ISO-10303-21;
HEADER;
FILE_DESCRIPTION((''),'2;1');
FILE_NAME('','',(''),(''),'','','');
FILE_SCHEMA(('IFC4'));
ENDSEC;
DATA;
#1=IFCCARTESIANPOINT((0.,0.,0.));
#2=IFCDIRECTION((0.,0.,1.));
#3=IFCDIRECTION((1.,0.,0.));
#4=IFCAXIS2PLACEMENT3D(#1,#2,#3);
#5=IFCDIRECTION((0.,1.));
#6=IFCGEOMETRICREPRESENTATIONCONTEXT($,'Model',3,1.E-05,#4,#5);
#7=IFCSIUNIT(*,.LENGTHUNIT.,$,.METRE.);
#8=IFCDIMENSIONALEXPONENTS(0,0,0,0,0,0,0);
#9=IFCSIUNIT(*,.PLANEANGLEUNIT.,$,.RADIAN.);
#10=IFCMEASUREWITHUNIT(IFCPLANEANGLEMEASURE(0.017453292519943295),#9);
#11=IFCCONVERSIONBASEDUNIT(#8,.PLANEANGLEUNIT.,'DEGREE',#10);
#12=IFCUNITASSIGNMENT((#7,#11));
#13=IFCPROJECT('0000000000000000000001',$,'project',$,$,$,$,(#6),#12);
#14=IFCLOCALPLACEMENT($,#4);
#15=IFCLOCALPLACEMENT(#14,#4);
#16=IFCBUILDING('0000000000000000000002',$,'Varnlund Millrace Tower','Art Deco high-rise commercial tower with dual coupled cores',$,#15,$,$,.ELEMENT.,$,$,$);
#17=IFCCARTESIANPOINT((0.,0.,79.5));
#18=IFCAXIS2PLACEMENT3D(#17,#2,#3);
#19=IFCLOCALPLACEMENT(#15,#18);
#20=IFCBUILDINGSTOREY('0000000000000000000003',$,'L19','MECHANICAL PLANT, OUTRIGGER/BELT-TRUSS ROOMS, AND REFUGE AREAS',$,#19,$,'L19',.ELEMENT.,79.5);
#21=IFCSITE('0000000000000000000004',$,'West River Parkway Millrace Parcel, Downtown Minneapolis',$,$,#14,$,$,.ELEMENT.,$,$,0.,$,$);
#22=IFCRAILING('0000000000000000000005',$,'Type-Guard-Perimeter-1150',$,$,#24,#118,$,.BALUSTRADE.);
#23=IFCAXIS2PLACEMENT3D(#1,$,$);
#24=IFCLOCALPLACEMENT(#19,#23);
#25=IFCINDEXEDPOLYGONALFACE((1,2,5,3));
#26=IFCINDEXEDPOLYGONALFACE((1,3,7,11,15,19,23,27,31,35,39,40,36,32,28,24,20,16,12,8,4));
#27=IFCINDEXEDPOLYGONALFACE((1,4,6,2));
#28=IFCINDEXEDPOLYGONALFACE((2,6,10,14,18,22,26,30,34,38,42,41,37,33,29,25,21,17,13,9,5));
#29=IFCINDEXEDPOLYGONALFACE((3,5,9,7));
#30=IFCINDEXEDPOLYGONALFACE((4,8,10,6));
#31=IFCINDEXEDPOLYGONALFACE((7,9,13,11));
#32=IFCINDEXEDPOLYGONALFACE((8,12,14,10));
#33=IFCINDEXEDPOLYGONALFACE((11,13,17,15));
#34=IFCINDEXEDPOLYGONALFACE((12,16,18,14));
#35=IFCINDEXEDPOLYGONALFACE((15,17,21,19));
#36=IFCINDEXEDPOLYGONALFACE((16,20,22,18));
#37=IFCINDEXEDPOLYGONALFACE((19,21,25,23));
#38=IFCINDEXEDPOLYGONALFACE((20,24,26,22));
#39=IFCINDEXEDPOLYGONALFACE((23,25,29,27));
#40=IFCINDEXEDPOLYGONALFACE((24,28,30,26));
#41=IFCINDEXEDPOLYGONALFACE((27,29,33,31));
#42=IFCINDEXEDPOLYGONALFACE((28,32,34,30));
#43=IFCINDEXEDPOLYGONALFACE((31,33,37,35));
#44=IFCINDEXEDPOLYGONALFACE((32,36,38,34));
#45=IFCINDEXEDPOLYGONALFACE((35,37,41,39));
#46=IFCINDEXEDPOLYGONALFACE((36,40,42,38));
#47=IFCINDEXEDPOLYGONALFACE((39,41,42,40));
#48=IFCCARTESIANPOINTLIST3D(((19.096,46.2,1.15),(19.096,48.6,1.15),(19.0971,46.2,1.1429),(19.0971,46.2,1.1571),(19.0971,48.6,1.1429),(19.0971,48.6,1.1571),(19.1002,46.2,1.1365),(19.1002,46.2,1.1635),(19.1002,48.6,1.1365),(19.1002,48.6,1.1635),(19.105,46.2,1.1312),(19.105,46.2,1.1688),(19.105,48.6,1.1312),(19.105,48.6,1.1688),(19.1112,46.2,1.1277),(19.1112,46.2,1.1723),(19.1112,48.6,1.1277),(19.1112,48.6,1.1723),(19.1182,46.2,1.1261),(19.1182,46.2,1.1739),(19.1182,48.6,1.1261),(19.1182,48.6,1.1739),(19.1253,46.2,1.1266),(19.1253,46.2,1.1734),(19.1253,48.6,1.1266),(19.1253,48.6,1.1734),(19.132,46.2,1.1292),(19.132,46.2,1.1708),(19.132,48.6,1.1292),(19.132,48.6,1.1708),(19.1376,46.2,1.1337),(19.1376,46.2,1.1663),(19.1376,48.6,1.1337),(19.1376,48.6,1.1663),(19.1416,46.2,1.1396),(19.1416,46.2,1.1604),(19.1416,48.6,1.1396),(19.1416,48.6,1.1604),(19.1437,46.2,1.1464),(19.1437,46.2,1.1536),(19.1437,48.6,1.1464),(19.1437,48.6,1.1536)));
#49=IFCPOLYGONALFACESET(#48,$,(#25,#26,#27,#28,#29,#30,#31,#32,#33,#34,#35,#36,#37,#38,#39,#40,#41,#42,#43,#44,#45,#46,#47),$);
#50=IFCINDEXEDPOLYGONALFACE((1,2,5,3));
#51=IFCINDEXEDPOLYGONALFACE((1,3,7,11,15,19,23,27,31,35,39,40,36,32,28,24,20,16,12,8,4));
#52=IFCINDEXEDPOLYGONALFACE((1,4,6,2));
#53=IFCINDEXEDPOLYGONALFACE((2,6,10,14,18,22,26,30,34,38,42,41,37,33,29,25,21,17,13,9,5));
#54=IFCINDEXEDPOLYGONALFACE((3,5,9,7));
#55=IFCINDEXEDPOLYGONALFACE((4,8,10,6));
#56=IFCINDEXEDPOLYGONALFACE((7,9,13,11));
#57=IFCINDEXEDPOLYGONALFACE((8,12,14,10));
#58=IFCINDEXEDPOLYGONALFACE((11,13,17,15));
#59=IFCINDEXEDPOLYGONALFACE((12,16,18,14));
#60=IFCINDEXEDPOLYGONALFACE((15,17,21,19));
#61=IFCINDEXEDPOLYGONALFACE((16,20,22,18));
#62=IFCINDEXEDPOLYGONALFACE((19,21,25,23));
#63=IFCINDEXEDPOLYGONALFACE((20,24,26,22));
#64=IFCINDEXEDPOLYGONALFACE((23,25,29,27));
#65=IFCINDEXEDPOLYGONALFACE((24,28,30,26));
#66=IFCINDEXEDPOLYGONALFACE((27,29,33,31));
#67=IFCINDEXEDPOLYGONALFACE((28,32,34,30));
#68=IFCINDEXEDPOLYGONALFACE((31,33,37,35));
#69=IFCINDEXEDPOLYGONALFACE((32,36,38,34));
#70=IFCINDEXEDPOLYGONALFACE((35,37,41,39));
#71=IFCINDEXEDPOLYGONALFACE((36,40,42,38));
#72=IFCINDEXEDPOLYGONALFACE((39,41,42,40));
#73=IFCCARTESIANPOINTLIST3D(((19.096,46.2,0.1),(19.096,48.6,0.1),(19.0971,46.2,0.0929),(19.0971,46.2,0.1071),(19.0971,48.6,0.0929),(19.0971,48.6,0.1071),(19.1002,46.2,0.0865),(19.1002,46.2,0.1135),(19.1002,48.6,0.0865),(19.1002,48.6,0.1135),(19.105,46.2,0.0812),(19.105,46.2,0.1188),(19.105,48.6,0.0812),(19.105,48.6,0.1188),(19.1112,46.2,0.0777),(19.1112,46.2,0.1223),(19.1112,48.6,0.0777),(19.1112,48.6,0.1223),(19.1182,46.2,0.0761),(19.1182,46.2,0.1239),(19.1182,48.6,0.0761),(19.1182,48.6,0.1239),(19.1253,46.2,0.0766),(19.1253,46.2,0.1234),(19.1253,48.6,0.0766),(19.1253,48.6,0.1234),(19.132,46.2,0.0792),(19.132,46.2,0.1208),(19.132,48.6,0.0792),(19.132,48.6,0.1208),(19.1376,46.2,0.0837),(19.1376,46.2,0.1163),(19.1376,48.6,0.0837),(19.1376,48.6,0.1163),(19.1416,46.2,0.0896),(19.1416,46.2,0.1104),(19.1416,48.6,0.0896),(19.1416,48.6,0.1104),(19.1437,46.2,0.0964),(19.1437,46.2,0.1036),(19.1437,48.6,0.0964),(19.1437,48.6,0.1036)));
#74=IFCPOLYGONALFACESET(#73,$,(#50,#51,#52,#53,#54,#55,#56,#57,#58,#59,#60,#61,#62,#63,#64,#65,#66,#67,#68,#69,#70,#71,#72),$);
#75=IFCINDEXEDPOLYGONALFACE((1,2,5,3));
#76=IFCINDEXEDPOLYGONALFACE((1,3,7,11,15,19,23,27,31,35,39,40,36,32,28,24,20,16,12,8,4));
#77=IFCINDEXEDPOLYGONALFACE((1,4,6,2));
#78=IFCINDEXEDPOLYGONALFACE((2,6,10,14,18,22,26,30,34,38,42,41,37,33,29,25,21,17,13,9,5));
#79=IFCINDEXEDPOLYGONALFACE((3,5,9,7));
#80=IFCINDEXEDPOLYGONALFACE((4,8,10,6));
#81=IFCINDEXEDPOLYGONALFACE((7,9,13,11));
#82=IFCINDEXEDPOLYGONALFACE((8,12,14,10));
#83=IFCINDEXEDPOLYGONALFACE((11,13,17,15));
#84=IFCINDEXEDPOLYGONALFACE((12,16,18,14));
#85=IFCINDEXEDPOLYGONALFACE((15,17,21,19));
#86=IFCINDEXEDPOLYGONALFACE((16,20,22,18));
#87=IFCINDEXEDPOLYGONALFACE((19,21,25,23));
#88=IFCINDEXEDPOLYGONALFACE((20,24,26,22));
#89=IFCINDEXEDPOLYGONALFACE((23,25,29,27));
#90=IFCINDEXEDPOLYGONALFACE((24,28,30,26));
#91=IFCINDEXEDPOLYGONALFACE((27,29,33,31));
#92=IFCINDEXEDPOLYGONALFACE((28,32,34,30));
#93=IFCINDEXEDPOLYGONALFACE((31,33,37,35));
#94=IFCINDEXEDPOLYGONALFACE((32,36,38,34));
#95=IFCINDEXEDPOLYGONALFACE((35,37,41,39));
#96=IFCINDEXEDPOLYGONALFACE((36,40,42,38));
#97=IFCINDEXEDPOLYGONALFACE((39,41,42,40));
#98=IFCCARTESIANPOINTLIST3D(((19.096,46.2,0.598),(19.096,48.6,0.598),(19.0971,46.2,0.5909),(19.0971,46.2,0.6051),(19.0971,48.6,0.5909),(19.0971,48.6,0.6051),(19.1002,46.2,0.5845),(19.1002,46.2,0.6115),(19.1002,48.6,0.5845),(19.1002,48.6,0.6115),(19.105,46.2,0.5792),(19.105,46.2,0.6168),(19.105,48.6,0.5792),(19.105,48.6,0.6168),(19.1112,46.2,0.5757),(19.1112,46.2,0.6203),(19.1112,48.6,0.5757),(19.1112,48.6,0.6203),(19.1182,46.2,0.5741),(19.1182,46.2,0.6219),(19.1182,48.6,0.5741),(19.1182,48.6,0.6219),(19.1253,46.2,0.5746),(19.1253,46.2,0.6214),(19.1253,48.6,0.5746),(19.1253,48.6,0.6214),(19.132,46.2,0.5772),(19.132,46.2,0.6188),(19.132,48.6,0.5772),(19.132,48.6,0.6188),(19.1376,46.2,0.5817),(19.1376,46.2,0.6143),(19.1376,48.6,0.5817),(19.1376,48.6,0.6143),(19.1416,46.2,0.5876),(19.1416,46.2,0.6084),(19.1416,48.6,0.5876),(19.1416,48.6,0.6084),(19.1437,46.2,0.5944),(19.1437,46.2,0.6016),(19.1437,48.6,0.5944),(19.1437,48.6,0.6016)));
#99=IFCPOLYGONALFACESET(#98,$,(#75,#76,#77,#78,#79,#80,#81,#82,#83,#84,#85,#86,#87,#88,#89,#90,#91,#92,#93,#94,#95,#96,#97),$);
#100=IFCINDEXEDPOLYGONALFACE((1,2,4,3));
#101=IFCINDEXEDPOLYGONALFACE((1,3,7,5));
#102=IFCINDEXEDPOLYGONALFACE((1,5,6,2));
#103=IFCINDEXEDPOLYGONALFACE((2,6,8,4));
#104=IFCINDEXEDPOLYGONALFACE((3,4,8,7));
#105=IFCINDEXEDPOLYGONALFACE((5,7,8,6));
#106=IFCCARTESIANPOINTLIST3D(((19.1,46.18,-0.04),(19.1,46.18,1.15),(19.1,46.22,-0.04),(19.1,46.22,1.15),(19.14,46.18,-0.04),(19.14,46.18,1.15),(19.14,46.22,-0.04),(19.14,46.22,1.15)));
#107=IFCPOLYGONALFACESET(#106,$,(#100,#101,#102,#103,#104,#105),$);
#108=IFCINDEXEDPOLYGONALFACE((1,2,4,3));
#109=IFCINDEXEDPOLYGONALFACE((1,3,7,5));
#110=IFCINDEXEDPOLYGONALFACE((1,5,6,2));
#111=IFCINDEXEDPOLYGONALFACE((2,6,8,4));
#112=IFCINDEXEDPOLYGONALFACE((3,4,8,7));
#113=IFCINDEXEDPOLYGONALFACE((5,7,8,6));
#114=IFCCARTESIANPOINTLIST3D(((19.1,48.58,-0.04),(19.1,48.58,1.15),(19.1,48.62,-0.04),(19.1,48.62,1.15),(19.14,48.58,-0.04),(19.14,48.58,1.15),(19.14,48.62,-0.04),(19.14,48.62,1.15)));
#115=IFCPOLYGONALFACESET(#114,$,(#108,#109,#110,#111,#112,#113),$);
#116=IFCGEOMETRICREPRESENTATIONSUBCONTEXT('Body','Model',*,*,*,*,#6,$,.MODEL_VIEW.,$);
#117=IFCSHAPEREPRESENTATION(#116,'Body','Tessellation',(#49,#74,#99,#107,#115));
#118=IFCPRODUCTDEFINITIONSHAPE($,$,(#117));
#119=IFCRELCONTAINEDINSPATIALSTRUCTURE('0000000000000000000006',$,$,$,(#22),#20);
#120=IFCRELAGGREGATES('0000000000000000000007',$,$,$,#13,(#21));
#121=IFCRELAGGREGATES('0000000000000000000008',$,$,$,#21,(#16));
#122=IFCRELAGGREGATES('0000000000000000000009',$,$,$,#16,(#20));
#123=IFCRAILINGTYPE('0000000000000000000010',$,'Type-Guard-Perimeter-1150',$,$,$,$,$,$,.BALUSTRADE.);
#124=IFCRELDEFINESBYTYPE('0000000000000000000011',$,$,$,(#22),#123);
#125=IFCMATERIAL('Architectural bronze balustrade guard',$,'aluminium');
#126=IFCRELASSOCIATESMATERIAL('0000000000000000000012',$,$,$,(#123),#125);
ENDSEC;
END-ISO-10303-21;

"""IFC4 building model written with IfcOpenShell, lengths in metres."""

from ifc_helpers import new_model, entity, si_unit, converted_unit, direction, frame, origin_with_axes, origin_2d_with_axis, place, context, subcontext, project, spatial, rectangle, circle, extrude, material, type_object, element, save


model = new_model("IFC4")

# Units and contexts
model_context = context("Model", 3, precision=1e-05, world=origin_with_axes(), true_north=direction((0.0, 1.0)))
body_context = subcontext(model_context, "Body", "Model", "MODEL_VIEW")
ifc_project = project(units=[si_unit("LENGTHUNIT", "METRE"), converted_unit("PLANEANGLEUNIT", "DEGREE", entity("IfcPlaneAngleMeasure", 0.017453292519943295), si_unit("PLANEANGLEUNIT", "RADIAN"), dimensions=[0, 0, 0, 0, 0, 0, 0])], contexts=[model_context])

# Site, building, storey
site_placement = place(None, origin_with_axes())
site = spatial("IfcSite", under=ifc_project, at=site_placement, Name="West River Parkway Millrace Parcel, Downtown Minneapolis", CompositionType="ELEMENT", RefElevation=0.0)
building_placement = place(site_placement, origin_with_axes())
building = spatial("IfcBuilding", under=site, at=building_placement, Name="Varnlund Millrace Tower", Description="Art Deco high-rise commercial tower with dual coupled cores", CompositionType="ELEMENT")
storey_placement = place(building_placement, frame((0.0, 0.0, 79.5), z_axis=(0.0, 0.0, 1.0), x_axis=(1.0, 0.0, 0.0)))
storey = spatial("IfcBuildingStorey", under=building, at=storey_placement, Name="L19", Description="MECHANICAL PLANT, OUTRIGGER/BELT-TRUSS ROOMS, AND REFUGE AREAS", LongName="L19", CompositionType="ELEMENT", Elevation=79.5)

# Railing
ifc_material_1 = material(Name="Architectural bronze balustrade guard", Category="aluminium")
railing_type_1 = type_object("IfcRailingType", Name="Type-Guard-Perimeter-1150", PredefinedType="BALUSTRADE", material=ifc_material_1)
railing_1_placement = place(storey_placement, frame((0.0, 0.0, -79.5), z_axis=(0.0, 0.0, 1.0), x_axis=(1.0, 0.0, 0.0)))
element("IfcRailing", 1, at=railing_1_placement, inside=storey, type_object=railing_type_1, Name="Type-Guard-Perimeter-1150", PredefinedType="BALUSTRADE", context=body_context, shape_type="SweptSolid", body=[
    extrude(circle(Radius=0.024, at=origin_2d_with_axis()), frame((19.12, 46.2, 80.65), z_axis=(0.0, 1.0, 0.0), x_axis=(-1.0, 0.0, 0.0)), (0.0, 0.0, 1.0), 2.4),
    extrude(circle(Radius=0.024, at=origin_2d_with_axis()), frame((19.12, 46.2, 79.6), z_axis=(0.0, 1.0, 0.0), x_axis=(-1.0, 0.0, 0.0)), (0.0, 0.0, 1.0), 2.4),
    extrude(circle(Radius=0.024, at=origin_2d_with_axis()), frame((19.12, 46.2, 80.098), z_axis=(0.0, 1.0, 0.0), x_axis=(-1.0, 0.0, 0.0)), (0.0, 0.0, 1.0), 2.4),
    extrude(rectangle(XDim=0.04, YDim=0.04, at=origin_2d_with_axis()), frame((19.12, 46.2, 79.46), z_axis=(0.0, 0.0, 1.0), x_axis=(1.0, 0.0, 0.0)), (0.0, 0.0, 1.0), 1.19),
    extrude(rectangle(XDim=0.04, YDim=0.04, at=origin_2d_with_axis()), frame((19.12, 48.6, 79.46), z_axis=(0.0, 0.0, 1.0), x_axis=(1.0, 0.0, 0.0)), (0.0, 0.0, 1.0), 1.19),
])

save(model, "model.ifc")
